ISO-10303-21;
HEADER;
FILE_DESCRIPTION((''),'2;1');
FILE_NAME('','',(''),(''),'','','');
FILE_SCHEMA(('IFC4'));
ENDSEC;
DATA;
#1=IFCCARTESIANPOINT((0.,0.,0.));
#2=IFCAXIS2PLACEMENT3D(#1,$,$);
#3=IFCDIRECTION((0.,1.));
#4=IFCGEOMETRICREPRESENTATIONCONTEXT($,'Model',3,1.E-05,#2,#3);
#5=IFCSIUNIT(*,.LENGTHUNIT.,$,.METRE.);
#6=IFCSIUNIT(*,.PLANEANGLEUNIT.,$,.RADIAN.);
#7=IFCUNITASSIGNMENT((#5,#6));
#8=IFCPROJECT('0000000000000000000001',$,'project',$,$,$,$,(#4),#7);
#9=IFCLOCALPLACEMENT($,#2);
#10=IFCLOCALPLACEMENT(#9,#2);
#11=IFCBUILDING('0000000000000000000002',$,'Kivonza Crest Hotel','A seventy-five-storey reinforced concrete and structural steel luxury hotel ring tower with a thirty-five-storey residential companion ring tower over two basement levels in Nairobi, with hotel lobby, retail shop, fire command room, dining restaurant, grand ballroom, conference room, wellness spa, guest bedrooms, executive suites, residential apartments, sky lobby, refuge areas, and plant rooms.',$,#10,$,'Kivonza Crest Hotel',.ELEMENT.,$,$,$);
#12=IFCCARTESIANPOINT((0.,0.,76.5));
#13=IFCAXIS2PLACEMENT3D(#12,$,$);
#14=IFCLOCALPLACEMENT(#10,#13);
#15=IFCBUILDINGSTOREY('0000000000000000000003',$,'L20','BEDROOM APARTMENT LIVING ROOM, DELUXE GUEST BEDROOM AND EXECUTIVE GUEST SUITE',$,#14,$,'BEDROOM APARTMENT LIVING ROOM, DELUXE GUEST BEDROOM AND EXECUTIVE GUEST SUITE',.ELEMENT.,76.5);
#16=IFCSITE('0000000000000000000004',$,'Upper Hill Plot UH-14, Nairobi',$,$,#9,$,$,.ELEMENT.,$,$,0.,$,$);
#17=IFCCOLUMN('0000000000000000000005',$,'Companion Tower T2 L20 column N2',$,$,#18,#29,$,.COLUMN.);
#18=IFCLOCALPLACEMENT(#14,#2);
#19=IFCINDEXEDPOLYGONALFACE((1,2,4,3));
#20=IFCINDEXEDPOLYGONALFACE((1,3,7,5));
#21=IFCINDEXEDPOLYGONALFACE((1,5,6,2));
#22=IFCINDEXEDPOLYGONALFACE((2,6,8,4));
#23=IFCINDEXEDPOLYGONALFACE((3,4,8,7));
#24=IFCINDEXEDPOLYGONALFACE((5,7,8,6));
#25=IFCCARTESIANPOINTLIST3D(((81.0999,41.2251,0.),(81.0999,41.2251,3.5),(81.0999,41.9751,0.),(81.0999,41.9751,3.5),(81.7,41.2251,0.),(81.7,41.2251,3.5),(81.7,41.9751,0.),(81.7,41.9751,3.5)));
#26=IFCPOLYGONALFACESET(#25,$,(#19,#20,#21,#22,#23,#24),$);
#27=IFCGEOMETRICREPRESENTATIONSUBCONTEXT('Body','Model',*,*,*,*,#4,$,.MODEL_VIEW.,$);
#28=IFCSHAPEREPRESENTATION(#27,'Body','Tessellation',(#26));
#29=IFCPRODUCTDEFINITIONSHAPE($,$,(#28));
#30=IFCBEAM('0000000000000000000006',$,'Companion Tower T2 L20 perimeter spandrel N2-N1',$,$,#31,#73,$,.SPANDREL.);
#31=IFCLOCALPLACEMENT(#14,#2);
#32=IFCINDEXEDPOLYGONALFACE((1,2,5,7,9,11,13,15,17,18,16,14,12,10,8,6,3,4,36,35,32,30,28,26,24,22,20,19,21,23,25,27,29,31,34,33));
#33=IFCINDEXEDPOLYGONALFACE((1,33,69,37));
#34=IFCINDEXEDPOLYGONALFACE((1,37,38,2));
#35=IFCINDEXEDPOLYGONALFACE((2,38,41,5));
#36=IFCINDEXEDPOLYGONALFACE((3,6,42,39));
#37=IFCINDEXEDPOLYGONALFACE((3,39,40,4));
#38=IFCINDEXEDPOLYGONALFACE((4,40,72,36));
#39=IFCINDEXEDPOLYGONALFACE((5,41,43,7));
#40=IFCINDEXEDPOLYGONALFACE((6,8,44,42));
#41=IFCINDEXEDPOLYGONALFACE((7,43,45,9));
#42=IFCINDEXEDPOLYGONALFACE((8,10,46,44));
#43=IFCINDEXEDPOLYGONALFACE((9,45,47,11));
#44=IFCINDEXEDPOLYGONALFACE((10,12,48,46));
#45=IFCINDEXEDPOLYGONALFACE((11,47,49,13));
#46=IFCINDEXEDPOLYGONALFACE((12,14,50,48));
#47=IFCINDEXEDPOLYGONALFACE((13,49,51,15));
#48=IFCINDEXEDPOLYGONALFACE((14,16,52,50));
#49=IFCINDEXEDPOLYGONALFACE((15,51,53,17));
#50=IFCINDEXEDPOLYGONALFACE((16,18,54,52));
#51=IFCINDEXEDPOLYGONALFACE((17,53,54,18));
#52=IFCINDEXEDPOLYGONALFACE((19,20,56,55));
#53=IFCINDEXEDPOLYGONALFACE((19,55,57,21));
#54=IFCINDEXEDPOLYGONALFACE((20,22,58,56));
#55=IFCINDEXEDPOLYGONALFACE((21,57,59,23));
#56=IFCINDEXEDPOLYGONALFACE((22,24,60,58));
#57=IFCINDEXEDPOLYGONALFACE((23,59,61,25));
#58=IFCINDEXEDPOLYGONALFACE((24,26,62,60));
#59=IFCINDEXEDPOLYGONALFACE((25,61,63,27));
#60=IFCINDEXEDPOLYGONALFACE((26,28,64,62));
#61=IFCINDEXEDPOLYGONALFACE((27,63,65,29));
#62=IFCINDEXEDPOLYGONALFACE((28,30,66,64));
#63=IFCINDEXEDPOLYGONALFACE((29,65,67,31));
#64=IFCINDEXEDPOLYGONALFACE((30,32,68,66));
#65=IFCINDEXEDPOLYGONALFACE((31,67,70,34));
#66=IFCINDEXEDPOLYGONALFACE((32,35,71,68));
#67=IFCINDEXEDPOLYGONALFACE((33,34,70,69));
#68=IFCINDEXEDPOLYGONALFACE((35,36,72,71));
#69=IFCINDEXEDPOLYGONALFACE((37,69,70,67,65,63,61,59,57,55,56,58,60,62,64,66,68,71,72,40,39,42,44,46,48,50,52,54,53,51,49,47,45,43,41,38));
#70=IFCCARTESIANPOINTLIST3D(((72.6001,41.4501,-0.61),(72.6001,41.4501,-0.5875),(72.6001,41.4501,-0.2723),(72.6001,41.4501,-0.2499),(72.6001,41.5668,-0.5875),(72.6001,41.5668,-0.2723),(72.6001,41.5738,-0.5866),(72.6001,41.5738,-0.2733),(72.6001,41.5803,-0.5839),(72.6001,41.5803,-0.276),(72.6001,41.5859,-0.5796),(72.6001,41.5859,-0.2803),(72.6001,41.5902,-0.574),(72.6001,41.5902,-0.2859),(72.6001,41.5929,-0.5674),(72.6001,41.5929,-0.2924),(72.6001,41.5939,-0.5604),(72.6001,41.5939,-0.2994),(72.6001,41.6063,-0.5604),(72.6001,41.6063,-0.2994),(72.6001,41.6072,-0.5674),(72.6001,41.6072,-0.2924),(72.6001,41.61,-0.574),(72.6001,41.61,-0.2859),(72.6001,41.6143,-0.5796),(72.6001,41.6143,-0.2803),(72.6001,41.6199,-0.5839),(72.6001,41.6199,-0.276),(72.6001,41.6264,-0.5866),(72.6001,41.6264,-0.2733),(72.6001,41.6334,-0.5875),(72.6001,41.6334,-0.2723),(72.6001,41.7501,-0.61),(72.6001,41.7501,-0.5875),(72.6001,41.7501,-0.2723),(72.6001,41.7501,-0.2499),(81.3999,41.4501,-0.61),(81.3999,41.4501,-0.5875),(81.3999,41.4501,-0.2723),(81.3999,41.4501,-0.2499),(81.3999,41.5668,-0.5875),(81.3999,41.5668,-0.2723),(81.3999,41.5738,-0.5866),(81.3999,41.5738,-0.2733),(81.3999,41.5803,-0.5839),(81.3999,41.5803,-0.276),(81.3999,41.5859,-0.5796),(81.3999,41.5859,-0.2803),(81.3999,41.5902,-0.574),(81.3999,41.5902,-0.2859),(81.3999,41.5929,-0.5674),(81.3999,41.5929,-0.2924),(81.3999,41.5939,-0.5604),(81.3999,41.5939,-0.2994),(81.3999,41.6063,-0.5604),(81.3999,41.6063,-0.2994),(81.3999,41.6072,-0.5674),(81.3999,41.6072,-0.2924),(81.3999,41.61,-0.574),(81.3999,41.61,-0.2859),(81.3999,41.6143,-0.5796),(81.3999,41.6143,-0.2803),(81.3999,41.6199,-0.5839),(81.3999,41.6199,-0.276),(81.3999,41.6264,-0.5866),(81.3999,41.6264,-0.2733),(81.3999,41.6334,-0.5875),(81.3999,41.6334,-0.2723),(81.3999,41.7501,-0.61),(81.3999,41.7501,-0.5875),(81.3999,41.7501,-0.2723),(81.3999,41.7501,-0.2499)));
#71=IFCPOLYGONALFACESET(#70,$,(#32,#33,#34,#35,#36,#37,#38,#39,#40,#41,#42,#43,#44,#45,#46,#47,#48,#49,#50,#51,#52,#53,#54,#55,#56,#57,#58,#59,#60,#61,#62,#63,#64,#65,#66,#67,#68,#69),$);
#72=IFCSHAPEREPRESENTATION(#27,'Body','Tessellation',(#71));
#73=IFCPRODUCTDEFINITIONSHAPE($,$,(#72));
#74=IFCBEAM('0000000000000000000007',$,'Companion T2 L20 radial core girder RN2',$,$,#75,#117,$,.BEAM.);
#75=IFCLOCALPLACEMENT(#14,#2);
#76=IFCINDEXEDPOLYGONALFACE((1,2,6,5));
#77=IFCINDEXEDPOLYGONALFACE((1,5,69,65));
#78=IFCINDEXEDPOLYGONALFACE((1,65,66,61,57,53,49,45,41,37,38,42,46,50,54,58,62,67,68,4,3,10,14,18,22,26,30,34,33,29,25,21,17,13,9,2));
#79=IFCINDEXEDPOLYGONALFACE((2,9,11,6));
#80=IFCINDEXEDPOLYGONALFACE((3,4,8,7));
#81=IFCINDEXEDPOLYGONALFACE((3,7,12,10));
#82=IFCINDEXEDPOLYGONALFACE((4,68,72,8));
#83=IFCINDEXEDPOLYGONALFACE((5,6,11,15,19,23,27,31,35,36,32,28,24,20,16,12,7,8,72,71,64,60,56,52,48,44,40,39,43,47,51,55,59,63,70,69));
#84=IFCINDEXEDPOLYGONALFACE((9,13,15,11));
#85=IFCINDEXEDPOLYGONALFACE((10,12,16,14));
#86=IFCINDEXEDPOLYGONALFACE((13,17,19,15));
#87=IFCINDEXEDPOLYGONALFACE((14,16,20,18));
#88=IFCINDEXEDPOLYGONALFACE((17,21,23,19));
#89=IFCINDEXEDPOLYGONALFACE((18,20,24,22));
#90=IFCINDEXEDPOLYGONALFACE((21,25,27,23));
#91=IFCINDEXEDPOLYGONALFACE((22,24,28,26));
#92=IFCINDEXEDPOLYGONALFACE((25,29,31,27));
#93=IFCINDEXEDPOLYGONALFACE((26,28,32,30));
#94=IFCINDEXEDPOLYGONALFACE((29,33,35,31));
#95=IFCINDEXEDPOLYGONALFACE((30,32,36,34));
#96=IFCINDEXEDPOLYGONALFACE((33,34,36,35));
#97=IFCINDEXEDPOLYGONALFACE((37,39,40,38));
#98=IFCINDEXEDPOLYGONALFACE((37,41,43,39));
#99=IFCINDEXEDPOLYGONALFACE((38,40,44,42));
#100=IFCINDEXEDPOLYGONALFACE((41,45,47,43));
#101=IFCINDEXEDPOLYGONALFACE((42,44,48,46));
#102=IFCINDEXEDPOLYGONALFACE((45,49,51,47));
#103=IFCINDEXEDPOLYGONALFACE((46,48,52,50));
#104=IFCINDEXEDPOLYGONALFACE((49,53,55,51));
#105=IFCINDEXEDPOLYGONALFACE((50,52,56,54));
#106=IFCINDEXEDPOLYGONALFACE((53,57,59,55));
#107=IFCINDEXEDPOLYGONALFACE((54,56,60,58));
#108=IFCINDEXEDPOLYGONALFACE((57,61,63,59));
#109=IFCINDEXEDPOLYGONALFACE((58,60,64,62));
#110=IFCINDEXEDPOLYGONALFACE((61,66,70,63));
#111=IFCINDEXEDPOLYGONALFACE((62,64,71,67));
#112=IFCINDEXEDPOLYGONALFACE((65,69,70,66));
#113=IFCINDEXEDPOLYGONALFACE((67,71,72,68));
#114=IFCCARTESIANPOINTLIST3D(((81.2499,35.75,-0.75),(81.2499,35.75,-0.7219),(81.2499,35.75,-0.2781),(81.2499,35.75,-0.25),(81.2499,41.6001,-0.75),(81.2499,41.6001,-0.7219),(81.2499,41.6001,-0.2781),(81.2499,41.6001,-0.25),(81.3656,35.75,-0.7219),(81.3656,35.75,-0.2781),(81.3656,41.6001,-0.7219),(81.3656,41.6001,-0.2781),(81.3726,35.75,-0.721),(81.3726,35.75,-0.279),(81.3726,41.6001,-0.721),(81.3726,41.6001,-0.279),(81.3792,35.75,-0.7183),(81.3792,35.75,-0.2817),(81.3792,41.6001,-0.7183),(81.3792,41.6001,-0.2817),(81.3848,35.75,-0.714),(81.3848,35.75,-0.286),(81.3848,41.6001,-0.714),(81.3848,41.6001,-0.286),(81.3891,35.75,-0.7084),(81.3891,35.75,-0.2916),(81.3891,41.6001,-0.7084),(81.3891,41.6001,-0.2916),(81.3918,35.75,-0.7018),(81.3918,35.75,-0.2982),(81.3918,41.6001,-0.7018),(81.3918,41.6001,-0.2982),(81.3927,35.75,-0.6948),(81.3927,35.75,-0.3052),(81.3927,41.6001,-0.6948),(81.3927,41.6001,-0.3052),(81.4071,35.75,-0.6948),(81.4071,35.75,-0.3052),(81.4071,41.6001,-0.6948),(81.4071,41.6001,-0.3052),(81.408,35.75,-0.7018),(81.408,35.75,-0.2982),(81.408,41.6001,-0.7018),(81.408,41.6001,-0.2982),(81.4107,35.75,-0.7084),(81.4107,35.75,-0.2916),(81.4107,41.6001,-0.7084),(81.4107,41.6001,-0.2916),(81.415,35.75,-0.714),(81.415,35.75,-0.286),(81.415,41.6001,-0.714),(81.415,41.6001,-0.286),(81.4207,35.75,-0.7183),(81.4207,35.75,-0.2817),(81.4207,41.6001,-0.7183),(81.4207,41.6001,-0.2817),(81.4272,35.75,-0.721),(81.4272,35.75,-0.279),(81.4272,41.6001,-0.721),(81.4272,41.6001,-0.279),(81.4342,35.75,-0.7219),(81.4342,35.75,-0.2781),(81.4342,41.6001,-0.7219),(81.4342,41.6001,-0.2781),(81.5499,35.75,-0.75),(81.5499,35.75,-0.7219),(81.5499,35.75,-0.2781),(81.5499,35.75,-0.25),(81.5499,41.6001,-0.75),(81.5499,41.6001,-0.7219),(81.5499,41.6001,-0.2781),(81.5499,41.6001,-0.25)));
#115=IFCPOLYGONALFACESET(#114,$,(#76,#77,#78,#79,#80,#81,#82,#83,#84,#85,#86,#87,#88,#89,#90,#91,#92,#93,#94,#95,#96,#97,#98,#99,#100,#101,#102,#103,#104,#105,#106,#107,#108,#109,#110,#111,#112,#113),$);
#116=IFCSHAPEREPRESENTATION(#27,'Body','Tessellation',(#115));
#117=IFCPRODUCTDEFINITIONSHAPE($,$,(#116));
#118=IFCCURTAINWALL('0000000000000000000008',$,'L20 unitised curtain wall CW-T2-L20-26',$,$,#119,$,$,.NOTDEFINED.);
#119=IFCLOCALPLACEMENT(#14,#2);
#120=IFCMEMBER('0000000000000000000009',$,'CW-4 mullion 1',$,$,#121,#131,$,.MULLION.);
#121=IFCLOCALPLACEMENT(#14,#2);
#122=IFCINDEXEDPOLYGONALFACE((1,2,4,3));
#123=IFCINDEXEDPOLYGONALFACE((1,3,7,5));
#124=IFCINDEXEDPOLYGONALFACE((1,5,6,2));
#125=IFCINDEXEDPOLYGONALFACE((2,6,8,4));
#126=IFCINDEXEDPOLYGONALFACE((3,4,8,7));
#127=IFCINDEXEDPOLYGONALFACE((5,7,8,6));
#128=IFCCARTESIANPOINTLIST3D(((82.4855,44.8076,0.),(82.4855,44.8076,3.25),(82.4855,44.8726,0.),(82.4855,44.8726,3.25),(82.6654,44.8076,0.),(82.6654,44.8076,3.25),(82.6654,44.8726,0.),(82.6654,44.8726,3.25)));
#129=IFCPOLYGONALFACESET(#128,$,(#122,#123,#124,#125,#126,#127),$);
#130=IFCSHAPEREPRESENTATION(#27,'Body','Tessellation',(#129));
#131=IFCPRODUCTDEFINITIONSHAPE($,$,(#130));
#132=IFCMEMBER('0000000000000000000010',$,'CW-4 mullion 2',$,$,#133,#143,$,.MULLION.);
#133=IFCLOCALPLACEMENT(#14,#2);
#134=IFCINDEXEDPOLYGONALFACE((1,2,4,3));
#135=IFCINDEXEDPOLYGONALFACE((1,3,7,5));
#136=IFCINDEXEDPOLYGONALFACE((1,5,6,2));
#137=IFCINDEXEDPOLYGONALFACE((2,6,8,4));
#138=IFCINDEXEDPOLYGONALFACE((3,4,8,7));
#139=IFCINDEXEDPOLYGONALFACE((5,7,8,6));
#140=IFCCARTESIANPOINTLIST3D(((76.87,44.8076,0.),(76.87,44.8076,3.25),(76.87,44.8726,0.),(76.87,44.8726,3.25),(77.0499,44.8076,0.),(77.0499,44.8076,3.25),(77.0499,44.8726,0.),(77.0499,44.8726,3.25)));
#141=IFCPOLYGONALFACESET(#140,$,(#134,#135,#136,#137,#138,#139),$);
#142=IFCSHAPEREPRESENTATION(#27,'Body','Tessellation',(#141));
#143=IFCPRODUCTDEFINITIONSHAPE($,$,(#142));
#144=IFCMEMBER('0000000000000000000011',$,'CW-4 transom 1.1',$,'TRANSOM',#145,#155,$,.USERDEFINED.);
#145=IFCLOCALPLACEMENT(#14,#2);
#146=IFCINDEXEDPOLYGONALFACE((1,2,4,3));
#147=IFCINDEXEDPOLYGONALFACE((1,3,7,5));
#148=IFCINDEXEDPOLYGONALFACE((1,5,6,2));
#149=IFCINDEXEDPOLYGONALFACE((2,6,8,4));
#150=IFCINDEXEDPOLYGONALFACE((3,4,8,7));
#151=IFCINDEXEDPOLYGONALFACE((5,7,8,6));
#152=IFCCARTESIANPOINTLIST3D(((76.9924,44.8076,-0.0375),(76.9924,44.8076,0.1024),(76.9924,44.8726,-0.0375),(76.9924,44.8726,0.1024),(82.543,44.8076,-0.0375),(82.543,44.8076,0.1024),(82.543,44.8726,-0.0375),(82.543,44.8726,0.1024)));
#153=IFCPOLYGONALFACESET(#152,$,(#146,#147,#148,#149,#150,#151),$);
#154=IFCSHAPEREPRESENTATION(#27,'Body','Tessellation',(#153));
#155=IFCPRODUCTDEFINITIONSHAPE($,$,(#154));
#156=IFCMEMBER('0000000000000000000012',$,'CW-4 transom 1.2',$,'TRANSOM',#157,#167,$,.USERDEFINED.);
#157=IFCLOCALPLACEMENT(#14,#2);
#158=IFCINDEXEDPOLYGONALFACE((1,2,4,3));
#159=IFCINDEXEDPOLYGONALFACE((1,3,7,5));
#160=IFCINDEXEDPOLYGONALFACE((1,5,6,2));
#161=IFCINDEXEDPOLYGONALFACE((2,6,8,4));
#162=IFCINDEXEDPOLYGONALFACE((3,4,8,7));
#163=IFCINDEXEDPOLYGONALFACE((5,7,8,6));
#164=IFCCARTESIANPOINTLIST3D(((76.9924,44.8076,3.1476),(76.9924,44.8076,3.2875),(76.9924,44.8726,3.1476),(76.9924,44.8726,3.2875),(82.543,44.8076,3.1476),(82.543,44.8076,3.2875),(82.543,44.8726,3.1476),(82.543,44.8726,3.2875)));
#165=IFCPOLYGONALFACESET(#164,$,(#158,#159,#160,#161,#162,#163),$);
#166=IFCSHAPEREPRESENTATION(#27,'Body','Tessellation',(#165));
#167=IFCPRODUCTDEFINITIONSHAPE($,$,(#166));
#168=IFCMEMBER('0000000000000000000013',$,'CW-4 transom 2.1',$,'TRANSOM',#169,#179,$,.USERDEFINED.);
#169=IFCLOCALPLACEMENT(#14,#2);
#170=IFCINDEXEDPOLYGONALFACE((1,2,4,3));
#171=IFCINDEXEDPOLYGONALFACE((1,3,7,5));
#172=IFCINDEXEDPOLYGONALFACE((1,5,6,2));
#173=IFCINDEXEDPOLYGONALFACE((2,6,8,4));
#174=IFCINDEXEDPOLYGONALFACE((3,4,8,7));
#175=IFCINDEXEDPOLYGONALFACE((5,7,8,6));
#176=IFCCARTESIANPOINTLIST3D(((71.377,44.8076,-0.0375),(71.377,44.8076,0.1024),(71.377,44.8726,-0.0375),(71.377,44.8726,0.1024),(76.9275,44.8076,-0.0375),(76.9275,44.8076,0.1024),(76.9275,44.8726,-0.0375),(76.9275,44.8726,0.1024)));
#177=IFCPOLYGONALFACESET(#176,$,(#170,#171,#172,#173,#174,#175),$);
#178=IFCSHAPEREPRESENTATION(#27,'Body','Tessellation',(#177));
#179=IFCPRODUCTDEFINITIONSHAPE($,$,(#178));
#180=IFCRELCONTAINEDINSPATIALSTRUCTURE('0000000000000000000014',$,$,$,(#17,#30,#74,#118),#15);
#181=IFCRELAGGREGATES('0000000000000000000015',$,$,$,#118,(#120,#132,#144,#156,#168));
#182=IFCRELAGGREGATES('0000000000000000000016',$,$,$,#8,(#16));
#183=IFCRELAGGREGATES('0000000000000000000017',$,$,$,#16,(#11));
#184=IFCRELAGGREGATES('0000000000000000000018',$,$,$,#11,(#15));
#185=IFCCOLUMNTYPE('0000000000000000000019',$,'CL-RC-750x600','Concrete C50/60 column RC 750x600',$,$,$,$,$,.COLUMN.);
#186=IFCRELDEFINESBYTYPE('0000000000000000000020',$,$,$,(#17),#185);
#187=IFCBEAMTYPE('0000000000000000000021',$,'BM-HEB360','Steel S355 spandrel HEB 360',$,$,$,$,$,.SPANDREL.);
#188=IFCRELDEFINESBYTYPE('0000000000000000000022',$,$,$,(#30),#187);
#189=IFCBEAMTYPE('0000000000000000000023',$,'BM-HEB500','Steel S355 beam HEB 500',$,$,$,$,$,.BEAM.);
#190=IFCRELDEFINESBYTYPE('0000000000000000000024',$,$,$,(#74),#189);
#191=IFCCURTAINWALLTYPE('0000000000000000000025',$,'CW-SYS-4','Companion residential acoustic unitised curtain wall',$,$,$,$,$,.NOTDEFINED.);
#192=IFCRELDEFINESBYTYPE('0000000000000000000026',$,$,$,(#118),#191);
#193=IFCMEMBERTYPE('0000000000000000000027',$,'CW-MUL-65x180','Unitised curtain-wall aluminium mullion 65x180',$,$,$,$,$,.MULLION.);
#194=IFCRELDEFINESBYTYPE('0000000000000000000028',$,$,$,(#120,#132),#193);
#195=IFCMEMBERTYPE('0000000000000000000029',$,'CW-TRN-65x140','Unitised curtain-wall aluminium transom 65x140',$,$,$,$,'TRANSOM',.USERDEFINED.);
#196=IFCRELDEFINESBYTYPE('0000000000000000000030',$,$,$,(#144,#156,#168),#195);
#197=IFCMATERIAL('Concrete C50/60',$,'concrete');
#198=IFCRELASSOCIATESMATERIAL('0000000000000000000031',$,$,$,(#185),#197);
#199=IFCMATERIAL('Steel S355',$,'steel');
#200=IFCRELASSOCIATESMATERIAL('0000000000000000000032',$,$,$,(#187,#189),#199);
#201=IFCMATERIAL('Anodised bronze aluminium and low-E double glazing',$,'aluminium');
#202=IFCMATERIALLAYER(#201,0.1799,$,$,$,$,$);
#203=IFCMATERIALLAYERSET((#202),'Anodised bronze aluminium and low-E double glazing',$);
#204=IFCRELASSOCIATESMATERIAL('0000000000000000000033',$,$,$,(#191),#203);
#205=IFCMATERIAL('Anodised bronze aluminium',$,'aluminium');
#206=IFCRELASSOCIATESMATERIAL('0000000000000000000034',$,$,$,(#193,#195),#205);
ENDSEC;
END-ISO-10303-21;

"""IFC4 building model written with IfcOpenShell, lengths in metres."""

from ifc_helpers import new_model, si_unit, direction, frame, origin, origin_2d, place, context, subcontext, project, spatial, rectangle, i_section, extrude, material, layer, layer_set, material_profile, profile_set, type_object, element, aggregate, save


model = new_model("IFC4")

# Units and contexts
model_context = context("Model", 3, precision=1e-05, world=origin(), true_north=direction((0.0, 1.0)))
body_context = subcontext(model_context, "Body", "Model", "MODEL_VIEW")
ifc_project = project(units=[si_unit("LENGTHUNIT", "METRE"), si_unit("PLANEANGLEUNIT", "RADIAN")], contexts=[model_context])

# Site, building, storey
site_placement = place(None, origin())
site = spatial("IfcSite", under=ifc_project, at=site_placement, Name="Upper Hill Plot UH-14, Nairobi", CompositionType="ELEMENT", RefElevation=0.0)
building_placement = place(site_placement, origin())
building = spatial("IfcBuilding", under=site, at=building_placement, Name="Kivonza Crest Hotel", Description="A seventy-five-storey reinforced concrete and structural steel luxury hotel ring tower with a thirty-five-storey residential companion ring tower over two basement levels in Nairobi, with hotel lobby, retail shop, fire command room, dining restaurant, grand ballroom, conference room, wellness spa, guest bedrooms, executive suites, residential apartments, sky lobby, refuge areas, and plant rooms.", LongName="Kivonza Crest Hotel", CompositionType="ELEMENT")
storey_placement = place(building_placement, frame((0.0, 0.0, 76.5)))
storey = spatial("IfcBuildingStorey", under=building, at=storey_placement, Name="L20", Description="BEDROOM APARTMENT LIVING ROOM, DELUXE GUEST BEDROOM AND EXECUTIVE GUEST SUITE", LongName="BEDROOM APARTMENT LIVING ROOM, DELUXE GUEST BEDROOM AND EXECUTIVE GUEST SUITE", CompositionType="ELEMENT", Elevation=76.5)

# Column
ifc_material_1 = material(Name="Concrete C50/60", Category="concrete")
ifc_material_profile_1 = material_profile(ifc_material_1, rectangle(XDim=0.6001, YDim=0.75, at=origin_2d()), Name="RC 750x600")
ifc_profile_set_1 = profile_set([ifc_material_profile_1], Name="Concrete C50/60")
column_type = type_object("IfcColumnType", Name="CL-RC-750x600", Description="Concrete C50/60 column RC 750x600", PredefinedType="COLUMN", material=ifc_profile_set_1)
column_placement = place(storey_placement, frame((81.3999, 41.6001, 0.0), z_axis=(0.0, 0.0, 1.0), x_axis=(1.0, 0.0, 0.0)))
element("IfcColumn", 1, at=column_placement, inside=storey, type_object=column_type, Name="Companion Tower T2 L20 column N2", PredefinedType="COLUMN", context=body_context, shape_type="SweptSolid", body=[
    extrude(rectangle(XDim=0.6001, YDim=0.75, at=origin_2d()), origin(), (0.0, 0.0, 1.0), 3.5),
])

# Beams
ifc_material_2 = material(Name="Steel S355", Category="steel")
ifc_material_profile_2 = material_profile(ifc_material_2, i_section(OverallWidth=0.3, OverallDepth=0.3601, WebThickness=0.0125, FlangeThickness=0.0225, FilletRadius=0.0271, at=origin_2d()), Name="HEB 360")
ifc_profile_set_2 = profile_set([ifc_material_profile_2], Name="Steel S355")
beam_type_1 = type_object("IfcBeamType", Name="BM-HEB360", Description="Steel S355 spandrel HEB 360", PredefinedType="SPANDREL", material=ifc_profile_set_2)
beam_1_placement = place(storey_placement, frame((81.3999, 41.6001, -0.4299), z_axis=(-1.0, 0.0, 0.0), x_axis=(0.0, -1.0, 0.0)))
element("IfcBeam", 2, at=beam_1_placement, inside=storey, type_object=beam_type_1, Name="Companion Tower T2 L20 perimeter spandrel N2-N1", PredefinedType="SPANDREL", context=body_context, shape_type="SweptSolid", body=[
    extrude(i_section(OverallWidth=0.3, OverallDepth=0.3601, WebThickness=0.0125, FlangeThickness=0.0225, FilletRadius=0.0271, at=origin_2d()), origin(), (0.0, 0.0, 1.0), 8.7998),
])
ifc_material_profile_3 = material_profile(ifc_material_2, i_section(OverallWidth=0.3, OverallDepth=0.5, WebThickness=0.0144, FlangeThickness=0.0281, FilletRadius=0.0271, at=origin_2d()), Name="HEB 500")
ifc_profile_set_3 = profile_set([ifc_material_profile_3], Name="Steel S355")
beam_type_2 = type_object("IfcBeamType", Name="BM-HEB500", Description="Steel S355 beam HEB 500", PredefinedType="BEAM", material=ifc_profile_set_3)
beam_2_placement = place(storey_placement, frame((81.3999, 41.6001, -0.5), z_axis=(0.0, -1.0, 0.0), x_axis=(1.0, 0.0, 0.0)))
element("IfcBeam", 3, at=beam_2_placement, inside=storey, type_object=beam_type_2, Name="Companion T2 L20 radial core girder RN2", PredefinedType="BEAM", context=body_context, shape_type="SweptSolid", body=[
    extrude(i_section(OverallWidth=0.3, OverallDepth=0.5, WebThickness=0.0144, FlangeThickness=0.0281, FilletRadius=0.0271, at=origin_2d()), origin(), (0.0, 0.0, 1.0), 5.8501),
])

# Curtain wall, members
ifc_material_3 = material(Name="Anodised bronze aluminium and low-E double glazing", Category="aluminium")
ifc_layer_1 = layer(ifc_material_3, 0.1799)
ifc_layer_set_1 = layer_set([ifc_layer_1], Name="Anodised bronze aluminium and low-E double glazing")
curtain_wall_type = type_object("IfcCurtainWallType", Name="CW-SYS-4", Description="Companion residential acoustic unitised curtain wall", PredefinedType="NOTDEFINED", material=ifc_layer_set_1)
curtain_wall_placement = place(storey_placement, origin())
curtain_wall = element("IfcCurtainWall", 4, at=curtain_wall_placement, inside=storey, type_object=curtain_wall_type, Name="L20 unitised curtain wall CW-T2-L20-26", PredefinedType="NOTDEFINED")
ifc_material_4 = material(Name="Anodised bronze aluminium", Category="aluminium")
ifc_material_profile_4 = material_profile(ifc_material_4, rectangle(XDim=0.0649, YDim=0.1799, at=origin_2d()), Name="CW-M 65x180")
ifc_profile_set_4 = profile_set([ifc_material_profile_4], Name="Anodised bronze aluminium")
member_type_1 = type_object("IfcMemberType", Name="CW-MUL-65x180", Description="Unitised curtain-wall aluminium mullion 65x180", PredefinedType="MULLION", material=ifc_profile_set_4)
member_1_placement = place(storey_placement, frame((82.5754, 44.8401, 0.0), z_axis=(0.0, 0.0, 1.0), x_axis=(0.0, -1.0, 0.0)))
member_1 = element("IfcMember", 5, at=member_1_placement, type_object=member_type_1, Name="CW-4 mullion 1", PredefinedType="MULLION", context=body_context, shape_type="SweptSolid", body=[
    extrude(rectangle(XDim=0.0649, YDim=0.1799, at=origin_2d()), origin(), (0.0, 0.0, 1.0), 3.25),
])
member_2_placement = place(storey_placement, frame((76.96, 44.8401, 0.0), z_axis=(0.0, 0.0, 1.0), x_axis=(0.0, -1.0, 0.0)))
member_2 = element("IfcMember", 6, at=member_2_placement, type_object=member_type_1, Name="CW-4 mullion 2", PredefinedType="MULLION", context=body_context, shape_type="SweptSolid", body=[
    extrude(rectangle(XDim=0.0649, YDim=0.1799, at=origin_2d()), origin(), (0.0, 0.0, 1.0), 3.25),
])
ifc_material_profile_5 = material_profile(ifc_material_4, rectangle(XDim=0.0649, YDim=0.1399, at=origin_2d()), Name="CW-T 65x140")
ifc_profile_set_5 = profile_set([ifc_material_profile_5], Name="Anodised bronze aluminium")
member_type_2 = type_object("IfcMemberType", Name="CW-TRN-65x140", Description="Unitised curtain-wall aluminium transom 65x140", ElementType="TRANSOM", PredefinedType="USERDEFINED", material=ifc_profile_set_5)
member_3_placement = place(storey_placement, frame((82.543, 44.8401, 0.0325), z_axis=(-1.0, 0.0, 0.0), x_axis=(0.0, -1.0, 0.0)))
member_3 = element("IfcMember", 7, at=member_3_placement, type_object=member_type_2, Name="CW-4 transom 1.1", ObjectType="TRANSOM", PredefinedType="USERDEFINED", context=body_context, shape_type="SweptSolid", body=[
    extrude(rectangle(XDim=0.0649, YDim=0.1399, at=origin_2d()), origin(), (0.0, 0.0, 1.0), 5.5505),
])
member_4_placement = place(storey_placement, frame((82.543, 44.8401, 3.2175), z_axis=(-1.0, 0.0, 0.0), x_axis=(0.0, -1.0, 0.0)))
member_4 = element("IfcMember", 8, at=member_4_placement, type_object=member_type_2, Name="CW-4 transom 1.2", ObjectType="TRANSOM", PredefinedType="USERDEFINED", context=body_context, shape_type="SweptSolid", body=[
    extrude(rectangle(XDim=0.0649, YDim=0.1399, at=origin_2d()), origin(), (0.0, 0.0, 1.0), 5.5505),
])
member_5_placement = place(storey_placement, frame((76.9275, 44.8401, 0.0325), z_axis=(-1.0, 0.0, 0.0), x_axis=(0.0, -1.0, 0.0)))
member_5 = element("IfcMember", 9, at=member_5_placement, type_object=member_type_2, Name="CW-4 transom 2.1", ObjectType="TRANSOM", PredefinedType="USERDEFINED", context=body_context, shape_type="SweptSolid", body=[
    extrude(rectangle(XDim=0.0649, YDim=0.1399, at=origin_2d()), origin(), (0.0, 0.0, 1.0), 5.5505),
])
aggregate(curtain_wall, [member_1, member_2, member_3, member_4, member_5])

save(model, "model.ifc")
